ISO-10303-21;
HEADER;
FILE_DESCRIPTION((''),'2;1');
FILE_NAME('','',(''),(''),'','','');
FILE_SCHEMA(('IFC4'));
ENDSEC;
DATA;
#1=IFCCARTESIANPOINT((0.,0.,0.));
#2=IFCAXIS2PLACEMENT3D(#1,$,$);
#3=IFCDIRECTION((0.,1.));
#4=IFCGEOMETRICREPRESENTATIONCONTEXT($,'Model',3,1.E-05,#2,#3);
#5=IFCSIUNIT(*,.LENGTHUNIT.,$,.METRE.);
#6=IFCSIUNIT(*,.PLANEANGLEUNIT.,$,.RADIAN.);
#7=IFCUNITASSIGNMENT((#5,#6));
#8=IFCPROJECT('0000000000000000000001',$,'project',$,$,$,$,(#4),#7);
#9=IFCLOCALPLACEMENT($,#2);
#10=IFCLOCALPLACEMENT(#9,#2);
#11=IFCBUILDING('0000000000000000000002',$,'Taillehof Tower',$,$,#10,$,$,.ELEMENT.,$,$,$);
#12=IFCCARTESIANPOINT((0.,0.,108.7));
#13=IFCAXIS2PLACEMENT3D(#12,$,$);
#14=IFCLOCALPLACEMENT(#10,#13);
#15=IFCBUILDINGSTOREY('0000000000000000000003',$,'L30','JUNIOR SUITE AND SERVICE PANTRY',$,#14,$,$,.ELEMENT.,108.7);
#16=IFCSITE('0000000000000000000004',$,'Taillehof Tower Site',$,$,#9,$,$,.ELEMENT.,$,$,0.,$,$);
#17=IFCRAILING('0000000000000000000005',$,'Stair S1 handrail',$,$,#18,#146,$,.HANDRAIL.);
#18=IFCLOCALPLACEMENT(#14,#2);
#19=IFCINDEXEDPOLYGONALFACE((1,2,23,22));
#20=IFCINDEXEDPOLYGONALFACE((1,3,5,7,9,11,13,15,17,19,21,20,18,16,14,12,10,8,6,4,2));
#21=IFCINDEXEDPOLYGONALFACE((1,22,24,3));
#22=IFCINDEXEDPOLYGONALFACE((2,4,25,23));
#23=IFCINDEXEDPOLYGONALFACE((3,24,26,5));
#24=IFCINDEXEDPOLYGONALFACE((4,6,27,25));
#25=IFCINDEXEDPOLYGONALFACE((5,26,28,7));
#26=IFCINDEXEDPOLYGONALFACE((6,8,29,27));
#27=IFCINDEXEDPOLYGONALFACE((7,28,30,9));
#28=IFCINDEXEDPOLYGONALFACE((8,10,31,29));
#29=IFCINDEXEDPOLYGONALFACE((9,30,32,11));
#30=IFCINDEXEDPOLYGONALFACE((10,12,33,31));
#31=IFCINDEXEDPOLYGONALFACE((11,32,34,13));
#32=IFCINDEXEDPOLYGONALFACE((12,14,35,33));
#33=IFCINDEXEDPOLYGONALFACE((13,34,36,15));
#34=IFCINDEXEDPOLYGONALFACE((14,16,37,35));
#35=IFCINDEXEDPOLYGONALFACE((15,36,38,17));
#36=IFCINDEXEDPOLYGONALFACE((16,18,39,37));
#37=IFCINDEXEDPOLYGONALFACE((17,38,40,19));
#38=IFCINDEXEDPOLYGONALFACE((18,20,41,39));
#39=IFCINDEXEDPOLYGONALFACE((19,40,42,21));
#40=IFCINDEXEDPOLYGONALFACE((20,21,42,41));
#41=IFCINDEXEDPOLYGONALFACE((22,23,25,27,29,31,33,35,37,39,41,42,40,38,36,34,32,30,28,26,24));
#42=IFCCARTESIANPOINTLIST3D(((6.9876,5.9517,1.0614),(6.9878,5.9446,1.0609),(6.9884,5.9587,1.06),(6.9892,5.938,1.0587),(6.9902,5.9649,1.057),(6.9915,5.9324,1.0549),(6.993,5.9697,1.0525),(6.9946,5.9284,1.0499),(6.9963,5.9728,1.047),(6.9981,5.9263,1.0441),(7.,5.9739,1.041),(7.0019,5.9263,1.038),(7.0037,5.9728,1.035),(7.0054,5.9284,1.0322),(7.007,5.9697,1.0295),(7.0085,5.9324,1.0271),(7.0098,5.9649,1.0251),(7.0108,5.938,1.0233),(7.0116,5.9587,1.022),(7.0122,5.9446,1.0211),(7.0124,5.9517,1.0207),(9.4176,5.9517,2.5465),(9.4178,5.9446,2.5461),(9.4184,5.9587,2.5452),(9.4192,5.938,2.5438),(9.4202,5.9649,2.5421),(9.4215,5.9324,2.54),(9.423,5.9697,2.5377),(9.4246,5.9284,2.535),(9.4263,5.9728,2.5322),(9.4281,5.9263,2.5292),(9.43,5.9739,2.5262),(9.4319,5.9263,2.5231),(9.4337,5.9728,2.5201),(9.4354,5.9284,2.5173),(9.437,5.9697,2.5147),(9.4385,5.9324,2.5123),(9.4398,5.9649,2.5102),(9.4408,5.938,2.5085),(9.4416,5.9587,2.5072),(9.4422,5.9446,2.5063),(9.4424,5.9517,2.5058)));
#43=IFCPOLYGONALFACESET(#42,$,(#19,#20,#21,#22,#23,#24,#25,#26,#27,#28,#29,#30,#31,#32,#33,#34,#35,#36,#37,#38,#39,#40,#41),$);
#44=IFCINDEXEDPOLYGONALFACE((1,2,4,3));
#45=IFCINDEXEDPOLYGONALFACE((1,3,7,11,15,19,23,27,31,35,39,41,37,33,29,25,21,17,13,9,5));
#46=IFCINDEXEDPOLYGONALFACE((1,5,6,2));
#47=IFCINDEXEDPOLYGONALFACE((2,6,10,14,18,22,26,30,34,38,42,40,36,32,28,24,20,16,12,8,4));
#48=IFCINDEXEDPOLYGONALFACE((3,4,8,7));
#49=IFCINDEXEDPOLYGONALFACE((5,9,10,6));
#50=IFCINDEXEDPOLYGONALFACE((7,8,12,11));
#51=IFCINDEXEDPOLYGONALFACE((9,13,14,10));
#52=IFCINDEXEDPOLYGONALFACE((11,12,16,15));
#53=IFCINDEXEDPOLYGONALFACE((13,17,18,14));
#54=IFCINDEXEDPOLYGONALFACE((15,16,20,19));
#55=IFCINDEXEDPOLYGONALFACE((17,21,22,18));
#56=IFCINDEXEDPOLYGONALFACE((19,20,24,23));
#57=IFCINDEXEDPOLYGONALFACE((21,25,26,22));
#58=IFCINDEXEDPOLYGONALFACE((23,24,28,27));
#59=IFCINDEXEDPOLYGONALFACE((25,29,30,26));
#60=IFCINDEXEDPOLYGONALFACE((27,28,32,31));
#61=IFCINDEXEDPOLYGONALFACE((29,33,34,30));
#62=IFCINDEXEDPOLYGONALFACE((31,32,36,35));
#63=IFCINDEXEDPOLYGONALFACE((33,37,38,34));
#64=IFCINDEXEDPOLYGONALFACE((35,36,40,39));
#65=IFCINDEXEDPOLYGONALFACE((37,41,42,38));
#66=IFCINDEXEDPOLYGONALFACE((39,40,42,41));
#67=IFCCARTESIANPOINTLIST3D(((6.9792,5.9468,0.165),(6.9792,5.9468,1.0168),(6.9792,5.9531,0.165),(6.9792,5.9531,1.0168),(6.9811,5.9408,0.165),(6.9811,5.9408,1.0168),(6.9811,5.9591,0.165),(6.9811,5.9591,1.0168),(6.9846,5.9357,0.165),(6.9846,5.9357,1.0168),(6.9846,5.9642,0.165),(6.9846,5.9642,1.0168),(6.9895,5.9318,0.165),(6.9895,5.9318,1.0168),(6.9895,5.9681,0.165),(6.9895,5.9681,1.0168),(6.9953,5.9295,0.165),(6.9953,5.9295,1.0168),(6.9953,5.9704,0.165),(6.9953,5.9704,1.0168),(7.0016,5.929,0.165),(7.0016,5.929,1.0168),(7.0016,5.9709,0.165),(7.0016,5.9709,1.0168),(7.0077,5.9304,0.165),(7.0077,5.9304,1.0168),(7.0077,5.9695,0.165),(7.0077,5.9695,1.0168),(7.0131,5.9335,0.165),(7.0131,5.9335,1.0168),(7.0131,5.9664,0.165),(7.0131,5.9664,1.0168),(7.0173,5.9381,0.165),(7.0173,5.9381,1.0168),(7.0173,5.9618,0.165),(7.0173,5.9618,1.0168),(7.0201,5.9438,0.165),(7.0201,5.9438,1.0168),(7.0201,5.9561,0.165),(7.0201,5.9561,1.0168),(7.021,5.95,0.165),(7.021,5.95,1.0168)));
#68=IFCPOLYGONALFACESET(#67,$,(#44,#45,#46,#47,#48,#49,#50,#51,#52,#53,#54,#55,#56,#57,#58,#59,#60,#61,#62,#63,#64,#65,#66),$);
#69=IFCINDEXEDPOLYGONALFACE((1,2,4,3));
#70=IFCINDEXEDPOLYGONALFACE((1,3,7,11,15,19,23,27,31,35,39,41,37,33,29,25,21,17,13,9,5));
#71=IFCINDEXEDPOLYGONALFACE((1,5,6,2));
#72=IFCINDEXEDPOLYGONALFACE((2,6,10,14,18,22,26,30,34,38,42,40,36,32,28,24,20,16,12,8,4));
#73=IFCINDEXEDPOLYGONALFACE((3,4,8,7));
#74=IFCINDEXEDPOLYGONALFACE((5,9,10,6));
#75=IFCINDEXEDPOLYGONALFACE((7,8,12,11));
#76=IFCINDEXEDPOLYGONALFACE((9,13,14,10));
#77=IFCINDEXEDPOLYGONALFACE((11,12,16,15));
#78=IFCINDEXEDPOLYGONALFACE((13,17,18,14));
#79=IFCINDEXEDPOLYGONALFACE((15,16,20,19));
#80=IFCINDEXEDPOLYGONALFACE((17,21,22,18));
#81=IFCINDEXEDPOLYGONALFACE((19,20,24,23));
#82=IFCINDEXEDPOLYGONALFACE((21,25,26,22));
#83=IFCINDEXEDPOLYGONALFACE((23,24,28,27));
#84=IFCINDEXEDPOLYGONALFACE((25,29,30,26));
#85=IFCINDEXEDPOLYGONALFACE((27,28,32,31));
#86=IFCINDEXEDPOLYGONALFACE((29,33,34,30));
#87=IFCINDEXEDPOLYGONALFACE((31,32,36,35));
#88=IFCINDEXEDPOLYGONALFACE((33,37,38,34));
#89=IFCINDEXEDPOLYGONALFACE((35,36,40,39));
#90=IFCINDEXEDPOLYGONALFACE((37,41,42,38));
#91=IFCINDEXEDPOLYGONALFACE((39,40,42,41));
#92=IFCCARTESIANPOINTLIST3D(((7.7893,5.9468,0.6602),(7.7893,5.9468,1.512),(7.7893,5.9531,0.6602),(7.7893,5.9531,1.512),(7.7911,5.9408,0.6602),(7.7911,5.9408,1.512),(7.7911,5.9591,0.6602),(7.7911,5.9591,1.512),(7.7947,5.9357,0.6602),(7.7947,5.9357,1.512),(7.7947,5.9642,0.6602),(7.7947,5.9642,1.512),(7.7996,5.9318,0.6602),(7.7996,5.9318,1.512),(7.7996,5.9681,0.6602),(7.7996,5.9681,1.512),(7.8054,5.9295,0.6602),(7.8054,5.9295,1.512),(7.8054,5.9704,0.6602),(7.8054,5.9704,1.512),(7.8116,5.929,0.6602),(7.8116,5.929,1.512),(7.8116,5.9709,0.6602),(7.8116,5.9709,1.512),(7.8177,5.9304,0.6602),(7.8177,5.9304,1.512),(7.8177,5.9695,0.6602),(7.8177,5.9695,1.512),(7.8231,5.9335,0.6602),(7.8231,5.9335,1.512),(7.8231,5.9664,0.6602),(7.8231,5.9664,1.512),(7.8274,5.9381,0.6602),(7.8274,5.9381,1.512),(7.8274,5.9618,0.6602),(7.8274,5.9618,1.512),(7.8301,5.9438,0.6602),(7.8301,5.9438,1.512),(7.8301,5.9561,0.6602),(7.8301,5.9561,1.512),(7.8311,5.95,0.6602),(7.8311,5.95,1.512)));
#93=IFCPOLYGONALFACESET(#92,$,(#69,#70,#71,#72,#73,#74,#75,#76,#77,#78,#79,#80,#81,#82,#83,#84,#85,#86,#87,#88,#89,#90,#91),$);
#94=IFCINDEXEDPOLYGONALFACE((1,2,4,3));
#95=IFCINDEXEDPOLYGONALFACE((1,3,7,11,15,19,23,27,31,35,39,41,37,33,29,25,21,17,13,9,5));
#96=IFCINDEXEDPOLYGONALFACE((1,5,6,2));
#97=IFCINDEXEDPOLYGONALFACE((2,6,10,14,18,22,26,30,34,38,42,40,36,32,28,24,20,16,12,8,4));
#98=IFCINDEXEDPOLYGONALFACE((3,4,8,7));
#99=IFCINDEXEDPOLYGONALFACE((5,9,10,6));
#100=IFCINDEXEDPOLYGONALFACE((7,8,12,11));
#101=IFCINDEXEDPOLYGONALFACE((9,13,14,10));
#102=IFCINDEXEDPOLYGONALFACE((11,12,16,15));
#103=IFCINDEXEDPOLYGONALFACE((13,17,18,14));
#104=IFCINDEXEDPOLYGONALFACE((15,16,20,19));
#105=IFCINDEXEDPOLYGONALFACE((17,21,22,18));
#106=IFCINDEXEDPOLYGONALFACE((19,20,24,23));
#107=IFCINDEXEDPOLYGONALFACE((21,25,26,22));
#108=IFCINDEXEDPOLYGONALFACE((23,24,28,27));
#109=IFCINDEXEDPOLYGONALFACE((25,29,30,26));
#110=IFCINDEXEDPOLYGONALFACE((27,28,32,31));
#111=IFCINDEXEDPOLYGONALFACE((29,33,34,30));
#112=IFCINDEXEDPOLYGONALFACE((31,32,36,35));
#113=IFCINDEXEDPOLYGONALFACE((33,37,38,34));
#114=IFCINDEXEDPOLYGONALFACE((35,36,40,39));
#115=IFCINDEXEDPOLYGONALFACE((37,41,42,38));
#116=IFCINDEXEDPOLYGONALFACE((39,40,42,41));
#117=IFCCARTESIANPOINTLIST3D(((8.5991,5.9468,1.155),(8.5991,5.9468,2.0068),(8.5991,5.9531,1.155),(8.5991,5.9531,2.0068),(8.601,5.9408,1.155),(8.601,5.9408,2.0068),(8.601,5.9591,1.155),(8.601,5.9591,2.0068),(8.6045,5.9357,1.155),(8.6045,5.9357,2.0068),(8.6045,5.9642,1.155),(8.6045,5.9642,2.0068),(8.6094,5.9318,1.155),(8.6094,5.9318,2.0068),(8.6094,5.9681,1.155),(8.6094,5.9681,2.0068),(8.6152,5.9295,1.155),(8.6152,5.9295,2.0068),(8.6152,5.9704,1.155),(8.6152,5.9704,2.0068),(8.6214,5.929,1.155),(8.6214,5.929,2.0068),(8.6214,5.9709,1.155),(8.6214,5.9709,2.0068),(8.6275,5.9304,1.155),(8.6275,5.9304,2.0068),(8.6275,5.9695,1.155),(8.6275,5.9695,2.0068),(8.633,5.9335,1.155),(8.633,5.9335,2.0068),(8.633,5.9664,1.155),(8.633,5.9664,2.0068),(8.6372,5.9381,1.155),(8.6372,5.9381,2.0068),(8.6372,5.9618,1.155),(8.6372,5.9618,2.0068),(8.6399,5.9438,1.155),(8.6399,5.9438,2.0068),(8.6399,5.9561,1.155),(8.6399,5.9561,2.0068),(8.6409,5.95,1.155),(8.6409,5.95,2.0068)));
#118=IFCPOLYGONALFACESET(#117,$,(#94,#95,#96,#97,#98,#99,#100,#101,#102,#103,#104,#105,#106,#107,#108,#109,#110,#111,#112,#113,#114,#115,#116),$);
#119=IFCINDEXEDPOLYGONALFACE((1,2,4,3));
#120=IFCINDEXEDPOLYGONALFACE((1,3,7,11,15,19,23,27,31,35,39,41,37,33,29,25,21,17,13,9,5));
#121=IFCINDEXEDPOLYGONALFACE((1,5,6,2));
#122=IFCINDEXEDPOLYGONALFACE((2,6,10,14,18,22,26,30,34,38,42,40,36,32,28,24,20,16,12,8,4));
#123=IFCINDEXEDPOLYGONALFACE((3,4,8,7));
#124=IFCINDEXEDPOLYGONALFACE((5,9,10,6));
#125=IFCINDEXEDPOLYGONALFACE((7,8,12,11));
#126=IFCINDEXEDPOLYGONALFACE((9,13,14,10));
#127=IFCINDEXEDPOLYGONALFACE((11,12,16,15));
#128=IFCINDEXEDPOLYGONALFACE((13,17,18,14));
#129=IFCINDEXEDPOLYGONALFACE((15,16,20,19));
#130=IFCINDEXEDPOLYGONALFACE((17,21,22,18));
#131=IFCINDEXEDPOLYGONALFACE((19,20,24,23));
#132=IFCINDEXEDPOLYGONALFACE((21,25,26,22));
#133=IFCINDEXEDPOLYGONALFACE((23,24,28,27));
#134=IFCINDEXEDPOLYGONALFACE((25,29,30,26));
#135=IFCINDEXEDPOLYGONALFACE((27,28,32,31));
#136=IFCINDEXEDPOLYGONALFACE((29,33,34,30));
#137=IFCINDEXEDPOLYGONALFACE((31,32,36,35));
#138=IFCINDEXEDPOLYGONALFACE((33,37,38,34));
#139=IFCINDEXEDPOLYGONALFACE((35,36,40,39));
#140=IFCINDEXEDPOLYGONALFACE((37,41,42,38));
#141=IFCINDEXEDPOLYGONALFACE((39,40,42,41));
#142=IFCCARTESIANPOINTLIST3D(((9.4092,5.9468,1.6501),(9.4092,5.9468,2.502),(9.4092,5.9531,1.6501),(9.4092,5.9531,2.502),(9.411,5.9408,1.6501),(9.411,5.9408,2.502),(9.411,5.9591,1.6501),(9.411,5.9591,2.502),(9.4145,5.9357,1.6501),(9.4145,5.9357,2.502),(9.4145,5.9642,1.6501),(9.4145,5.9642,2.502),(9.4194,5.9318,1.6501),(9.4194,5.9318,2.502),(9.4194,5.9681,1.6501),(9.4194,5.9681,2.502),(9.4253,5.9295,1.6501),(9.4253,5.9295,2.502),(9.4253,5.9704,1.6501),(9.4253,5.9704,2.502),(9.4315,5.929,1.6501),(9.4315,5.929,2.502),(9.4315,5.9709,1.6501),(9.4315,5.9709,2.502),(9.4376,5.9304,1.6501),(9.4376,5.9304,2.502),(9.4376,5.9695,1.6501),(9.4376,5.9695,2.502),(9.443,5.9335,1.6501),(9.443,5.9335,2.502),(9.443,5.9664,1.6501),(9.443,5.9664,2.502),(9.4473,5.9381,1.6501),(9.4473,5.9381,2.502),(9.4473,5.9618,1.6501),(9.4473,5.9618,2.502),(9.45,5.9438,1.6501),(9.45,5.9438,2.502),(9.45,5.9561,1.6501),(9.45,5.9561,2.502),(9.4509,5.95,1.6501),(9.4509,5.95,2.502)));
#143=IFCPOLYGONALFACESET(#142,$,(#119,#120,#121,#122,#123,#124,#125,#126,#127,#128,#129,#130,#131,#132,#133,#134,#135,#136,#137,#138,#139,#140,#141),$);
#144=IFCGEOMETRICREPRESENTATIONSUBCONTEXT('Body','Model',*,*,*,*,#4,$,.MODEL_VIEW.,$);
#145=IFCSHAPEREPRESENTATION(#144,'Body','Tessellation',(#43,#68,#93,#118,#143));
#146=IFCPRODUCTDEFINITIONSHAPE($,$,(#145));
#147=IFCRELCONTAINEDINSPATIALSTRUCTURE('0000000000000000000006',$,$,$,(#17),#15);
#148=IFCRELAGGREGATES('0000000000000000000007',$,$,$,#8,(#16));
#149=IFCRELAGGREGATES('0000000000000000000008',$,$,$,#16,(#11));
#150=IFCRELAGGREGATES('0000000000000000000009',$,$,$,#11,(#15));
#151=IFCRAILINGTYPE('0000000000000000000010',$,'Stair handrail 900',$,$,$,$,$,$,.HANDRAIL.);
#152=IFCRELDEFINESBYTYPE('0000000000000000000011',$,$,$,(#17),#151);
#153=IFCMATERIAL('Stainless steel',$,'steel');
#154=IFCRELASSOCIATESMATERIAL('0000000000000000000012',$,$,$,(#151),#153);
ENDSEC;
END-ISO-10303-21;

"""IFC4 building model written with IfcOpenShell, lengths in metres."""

from ifc_helpers import new_model, si_unit, direction, frame, origin, origin_2d, place, context, subcontext, project, spatial, circle, extrude, material, type_object, element, save


model = new_model("IFC4")

# Units and contexts
model_context = context("Model", 3, precision=1e-05, world=origin(), true_north=direction((0.0, 1.0)))
body_context = subcontext(model_context, "Body", "Model", "MODEL_VIEW")
ifc_project = project(units=[si_unit("LENGTHUNIT", "METRE"), si_unit("PLANEANGLEUNIT", "RADIAN")], contexts=[model_context])

# Site, building, storey
site_placement = place(None, origin())
site = spatial("IfcSite", under=ifc_project, at=site_placement, Name="Taillehof Tower Site", CompositionType="ELEMENT", RefElevation=0.0)
building_placement = place(site_placement, origin())
building = spatial("IfcBuilding", under=site, at=building_placement, Name="Taillehof Tower", CompositionType="ELEMENT")
storey_placement = place(building_placement, frame((0.0, 0.0, 108.7)))
storey = spatial("IfcBuildingStorey", under=building, at=storey_placement, Name="L30", Description="JUNIOR SUITE AND SERVICE PANTRY", CompositionType="ELEMENT", Elevation=108.7)

# Railing
ifc_material_1 = material(Name="Stainless steel", Category="steel")
railing_type = type_object("IfcRailingType", Name="Stair handrail 900", PredefinedType="HANDRAIL", material=ifc_material_1)
railing_placement = place(storey_placement, frame((7.0, 5.95, 0.165)))
element("IfcRailing", 1, at=railing_placement, inside=storey, type_object=railing_type, Name="Stair S1 handrail", PredefinedType="HANDRAIL", context=body_context, shape_type="SweptSolid", body=[
    extrude(circle(Radius=0.0239, at=origin_2d()), frame((0.0, 0.0, 0.876), z_axis=(0.853259, 0.0, 0.521488), x_axis=(0.0, 1.0, 0.0)), (0.0, 0.0, 1.0), 2.8479),
    extrude(circle(Radius=0.021, at=origin_2d()), origin(), (0.0, 0.0, 1.0), 0.8518),
    extrude(circle(Radius=0.021, at=origin_2d()), frame((0.8101, 0.0, 0.4951)), (0.0, 0.0, 1.0), 0.8518),
    extrude(circle(Radius=0.021, at=origin_2d()), frame((1.6199, 0.0, 0.99)), (0.0, 0.0, 1.0), 0.8518),
    extrude(circle(Radius=0.021, at=origin_2d()), frame((2.4299, 0.0, 1.4851)), (0.0, 0.0, 1.0), 0.8518),
])

save(model, "model.ifc")
